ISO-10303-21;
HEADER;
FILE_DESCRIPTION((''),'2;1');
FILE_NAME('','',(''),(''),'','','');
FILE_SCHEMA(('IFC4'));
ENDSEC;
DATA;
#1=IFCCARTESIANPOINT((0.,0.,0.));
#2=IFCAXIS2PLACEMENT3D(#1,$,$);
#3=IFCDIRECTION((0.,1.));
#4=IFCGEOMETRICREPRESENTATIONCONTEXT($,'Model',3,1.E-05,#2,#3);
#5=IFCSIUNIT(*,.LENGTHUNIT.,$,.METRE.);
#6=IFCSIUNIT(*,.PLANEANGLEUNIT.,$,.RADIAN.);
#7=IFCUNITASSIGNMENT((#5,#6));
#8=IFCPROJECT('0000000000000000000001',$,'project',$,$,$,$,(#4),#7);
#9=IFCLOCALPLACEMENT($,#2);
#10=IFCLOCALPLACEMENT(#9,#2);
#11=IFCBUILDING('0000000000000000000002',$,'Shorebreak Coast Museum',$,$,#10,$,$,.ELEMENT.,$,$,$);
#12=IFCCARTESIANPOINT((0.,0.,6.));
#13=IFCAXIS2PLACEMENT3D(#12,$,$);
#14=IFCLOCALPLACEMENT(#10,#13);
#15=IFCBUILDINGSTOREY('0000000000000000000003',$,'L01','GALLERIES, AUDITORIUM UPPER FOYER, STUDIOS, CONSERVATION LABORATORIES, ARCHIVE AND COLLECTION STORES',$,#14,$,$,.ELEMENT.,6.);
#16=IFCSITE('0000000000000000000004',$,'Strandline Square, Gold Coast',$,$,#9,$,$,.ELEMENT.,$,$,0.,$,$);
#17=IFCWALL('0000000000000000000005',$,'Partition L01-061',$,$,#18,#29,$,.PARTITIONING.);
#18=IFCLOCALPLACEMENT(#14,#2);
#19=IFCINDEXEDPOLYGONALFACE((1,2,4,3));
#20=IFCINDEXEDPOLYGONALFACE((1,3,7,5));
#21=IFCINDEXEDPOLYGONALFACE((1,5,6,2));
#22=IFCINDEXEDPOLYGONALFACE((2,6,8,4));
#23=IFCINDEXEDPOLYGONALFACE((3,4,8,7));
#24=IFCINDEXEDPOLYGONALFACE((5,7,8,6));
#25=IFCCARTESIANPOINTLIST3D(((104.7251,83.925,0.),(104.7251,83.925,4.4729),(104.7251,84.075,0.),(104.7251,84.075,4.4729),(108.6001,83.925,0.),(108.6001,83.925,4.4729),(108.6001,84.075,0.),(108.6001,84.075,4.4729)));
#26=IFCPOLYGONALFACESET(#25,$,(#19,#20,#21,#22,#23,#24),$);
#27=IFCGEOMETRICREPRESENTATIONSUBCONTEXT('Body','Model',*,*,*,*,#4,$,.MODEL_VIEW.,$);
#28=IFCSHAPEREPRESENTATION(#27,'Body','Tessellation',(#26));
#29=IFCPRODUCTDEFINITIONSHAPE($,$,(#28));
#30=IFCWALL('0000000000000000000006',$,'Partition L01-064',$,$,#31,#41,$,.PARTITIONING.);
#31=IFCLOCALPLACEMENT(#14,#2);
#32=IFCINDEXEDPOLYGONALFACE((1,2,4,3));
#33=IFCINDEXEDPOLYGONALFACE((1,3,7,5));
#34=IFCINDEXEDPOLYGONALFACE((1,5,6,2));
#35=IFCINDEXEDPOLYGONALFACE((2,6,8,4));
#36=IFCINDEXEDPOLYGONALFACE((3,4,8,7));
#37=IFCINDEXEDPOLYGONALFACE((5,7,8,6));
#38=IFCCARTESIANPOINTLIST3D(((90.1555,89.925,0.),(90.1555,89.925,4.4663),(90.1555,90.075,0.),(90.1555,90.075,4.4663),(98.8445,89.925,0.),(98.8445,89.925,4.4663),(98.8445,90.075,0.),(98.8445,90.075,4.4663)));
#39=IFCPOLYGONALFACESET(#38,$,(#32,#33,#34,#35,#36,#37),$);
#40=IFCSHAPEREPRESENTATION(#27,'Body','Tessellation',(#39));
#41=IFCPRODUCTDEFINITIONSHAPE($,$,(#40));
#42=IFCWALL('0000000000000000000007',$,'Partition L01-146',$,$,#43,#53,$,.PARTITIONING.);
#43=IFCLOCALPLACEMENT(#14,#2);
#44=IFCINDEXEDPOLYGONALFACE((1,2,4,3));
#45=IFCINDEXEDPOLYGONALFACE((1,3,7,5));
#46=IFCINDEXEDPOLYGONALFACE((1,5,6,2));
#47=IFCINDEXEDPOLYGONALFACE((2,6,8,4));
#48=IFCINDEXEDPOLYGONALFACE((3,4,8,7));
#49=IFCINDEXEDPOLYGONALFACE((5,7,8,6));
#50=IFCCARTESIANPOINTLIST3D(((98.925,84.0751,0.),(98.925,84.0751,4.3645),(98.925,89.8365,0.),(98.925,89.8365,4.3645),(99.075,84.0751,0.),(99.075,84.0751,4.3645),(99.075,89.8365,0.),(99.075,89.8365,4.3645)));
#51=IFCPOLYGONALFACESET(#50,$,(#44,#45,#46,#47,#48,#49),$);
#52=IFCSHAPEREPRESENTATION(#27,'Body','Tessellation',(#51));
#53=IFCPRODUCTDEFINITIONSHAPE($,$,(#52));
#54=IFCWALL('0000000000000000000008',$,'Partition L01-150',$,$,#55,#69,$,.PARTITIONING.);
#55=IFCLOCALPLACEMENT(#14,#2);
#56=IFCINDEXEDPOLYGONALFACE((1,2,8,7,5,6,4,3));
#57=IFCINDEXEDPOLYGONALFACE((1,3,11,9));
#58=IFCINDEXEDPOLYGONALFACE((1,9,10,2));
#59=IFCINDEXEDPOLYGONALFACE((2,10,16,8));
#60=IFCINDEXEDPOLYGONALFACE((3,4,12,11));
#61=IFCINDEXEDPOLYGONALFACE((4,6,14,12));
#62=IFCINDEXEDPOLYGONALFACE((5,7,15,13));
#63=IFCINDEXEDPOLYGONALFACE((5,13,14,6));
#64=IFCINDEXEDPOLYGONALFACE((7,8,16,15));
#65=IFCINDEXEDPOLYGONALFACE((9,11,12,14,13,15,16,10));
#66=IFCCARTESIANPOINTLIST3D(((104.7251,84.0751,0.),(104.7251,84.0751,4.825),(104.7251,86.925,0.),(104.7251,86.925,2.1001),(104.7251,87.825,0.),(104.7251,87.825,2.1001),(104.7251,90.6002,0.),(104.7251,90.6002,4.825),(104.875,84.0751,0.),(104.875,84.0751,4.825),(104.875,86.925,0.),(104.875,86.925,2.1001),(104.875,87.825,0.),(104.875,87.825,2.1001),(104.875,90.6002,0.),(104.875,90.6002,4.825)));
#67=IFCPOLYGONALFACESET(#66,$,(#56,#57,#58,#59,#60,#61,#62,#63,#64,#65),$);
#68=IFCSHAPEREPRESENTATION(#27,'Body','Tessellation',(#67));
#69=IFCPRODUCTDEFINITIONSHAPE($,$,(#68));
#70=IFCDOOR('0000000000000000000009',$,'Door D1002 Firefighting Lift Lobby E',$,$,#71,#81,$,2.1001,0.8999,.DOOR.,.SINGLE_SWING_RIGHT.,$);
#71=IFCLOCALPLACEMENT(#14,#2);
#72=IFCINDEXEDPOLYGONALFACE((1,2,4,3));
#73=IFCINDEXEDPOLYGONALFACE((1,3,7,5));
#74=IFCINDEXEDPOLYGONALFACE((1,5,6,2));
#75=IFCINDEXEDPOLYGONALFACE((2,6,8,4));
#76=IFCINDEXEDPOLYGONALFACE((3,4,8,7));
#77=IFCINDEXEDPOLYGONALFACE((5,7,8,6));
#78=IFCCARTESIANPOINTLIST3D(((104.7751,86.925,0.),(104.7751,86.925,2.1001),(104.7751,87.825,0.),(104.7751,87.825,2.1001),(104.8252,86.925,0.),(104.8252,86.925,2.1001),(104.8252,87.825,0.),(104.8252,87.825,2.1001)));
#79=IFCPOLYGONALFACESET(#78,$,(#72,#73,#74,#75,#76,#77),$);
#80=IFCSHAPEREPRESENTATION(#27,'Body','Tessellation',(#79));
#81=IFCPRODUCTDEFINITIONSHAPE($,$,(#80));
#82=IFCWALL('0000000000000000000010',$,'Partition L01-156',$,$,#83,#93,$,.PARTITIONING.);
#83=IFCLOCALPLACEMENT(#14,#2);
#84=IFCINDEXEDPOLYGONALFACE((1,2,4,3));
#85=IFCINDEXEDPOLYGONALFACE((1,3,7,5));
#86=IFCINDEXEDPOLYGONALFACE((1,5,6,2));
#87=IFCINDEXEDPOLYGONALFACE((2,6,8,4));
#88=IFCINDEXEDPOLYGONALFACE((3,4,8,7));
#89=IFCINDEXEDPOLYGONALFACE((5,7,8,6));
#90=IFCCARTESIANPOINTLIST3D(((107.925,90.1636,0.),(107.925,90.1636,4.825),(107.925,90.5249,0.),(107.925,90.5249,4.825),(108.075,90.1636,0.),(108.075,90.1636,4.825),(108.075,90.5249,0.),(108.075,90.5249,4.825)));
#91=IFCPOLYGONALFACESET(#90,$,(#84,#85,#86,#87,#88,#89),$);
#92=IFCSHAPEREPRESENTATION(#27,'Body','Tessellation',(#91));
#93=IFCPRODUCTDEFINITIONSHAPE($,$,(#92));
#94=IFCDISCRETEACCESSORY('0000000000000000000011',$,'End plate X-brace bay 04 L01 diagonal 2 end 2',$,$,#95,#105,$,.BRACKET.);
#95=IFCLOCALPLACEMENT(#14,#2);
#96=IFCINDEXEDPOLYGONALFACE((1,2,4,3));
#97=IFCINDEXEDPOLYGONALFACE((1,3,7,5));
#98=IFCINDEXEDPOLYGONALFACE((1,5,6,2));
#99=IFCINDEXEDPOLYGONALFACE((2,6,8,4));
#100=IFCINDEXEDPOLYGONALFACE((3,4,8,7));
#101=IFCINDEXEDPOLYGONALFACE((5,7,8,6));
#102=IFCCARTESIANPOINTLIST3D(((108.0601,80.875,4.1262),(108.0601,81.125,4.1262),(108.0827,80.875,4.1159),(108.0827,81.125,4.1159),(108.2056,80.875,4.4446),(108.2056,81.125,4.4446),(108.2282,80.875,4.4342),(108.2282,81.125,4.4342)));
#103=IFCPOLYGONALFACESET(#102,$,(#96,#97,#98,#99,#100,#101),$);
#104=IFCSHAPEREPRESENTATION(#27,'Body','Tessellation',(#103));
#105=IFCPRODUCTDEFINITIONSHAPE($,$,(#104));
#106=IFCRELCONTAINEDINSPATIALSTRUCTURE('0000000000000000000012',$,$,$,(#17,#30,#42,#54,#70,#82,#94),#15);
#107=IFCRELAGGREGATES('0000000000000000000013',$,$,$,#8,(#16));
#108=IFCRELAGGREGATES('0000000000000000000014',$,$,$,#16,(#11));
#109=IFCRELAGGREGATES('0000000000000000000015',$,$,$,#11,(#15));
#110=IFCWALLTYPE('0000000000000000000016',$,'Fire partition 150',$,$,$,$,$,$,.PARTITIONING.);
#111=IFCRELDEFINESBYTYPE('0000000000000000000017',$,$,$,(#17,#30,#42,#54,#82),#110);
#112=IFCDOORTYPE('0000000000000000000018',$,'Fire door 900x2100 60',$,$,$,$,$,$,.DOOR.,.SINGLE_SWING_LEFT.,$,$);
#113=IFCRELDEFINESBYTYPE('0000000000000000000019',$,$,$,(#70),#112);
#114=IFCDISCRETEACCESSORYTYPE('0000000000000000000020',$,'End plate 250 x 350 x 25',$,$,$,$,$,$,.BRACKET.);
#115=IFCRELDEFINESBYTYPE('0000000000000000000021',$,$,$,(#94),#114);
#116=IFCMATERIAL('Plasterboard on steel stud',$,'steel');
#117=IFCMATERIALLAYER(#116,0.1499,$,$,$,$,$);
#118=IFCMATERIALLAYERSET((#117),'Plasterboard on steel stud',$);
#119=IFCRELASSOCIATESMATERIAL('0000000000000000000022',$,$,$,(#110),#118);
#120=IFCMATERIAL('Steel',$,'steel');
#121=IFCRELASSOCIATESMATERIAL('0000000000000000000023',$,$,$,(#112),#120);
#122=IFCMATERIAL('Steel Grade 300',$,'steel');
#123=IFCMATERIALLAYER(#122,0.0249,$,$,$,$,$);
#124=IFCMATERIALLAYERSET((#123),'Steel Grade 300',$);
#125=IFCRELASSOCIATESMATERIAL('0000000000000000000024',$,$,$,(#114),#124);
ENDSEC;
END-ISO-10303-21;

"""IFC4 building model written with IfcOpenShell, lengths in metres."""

from ifc_helpers import new_model, si_unit, direction, frame, frame_2d, origin, place, context, subcontext, project, spatial, polyline, rectangle, outline, extrude, material, layer, layer_set, type_object, element, fill, save


model = new_model("IFC4")

# Units and contexts
model_context = context("Model", 3, precision=1e-05, world=origin(), true_north=direction((0.0, 1.0)))
body_context = subcontext(model_context, "Body", "Model", "MODEL_VIEW")
ifc_project = project(units=[si_unit("LENGTHUNIT", "METRE"), si_unit("PLANEANGLEUNIT", "RADIAN")], contexts=[model_context])

# Site, building, storey
site_placement = place(None, origin())
site = spatial("IfcSite", under=ifc_project, at=site_placement, Name="Strandline Square, Gold Coast", CompositionType="ELEMENT", RefElevation=0.0)
building_placement = place(site_placement, origin())
building = spatial("IfcBuilding", under=site, at=building_placement, Name="Shorebreak Coast Museum", CompositionType="ELEMENT")
storey_placement = place(building_placement, frame((0.0, 0.0, 6.0)))
storey = spatial("IfcBuildingStorey", under=building, at=storey_placement, Name="L01", Description="GALLERIES, AUDITORIUM UPPER FOYER, STUDIOS, CONSERVATION LABORATORIES, ARCHIVE AND COLLECTION STORES", CompositionType="ELEMENT", Elevation=6.0)

# Walls
ifc_material_1 = material(Name="Plasterboard on steel stud", Category="steel")
ifc_layer_1 = layer(ifc_material_1, 0.1499)
ifc_layer_set_1 = layer_set([ifc_layer_1], Name="Plasterboard on steel stud")
wall_type = type_object("IfcWallType", Name="Fire partition 150", PredefinedType="PARTITIONING", material=ifc_layer_set_1)
wall_1_placement = place(storey_placement, frame((104.7251, 84.0, 0.0), z_axis=(0.0, 0.0, 1.0), x_axis=(1.0, 0.0, 0.0)))
element("IfcWall", 1, at=wall_1_placement, inside=storey, type_object=wall_type, Name="Partition L01-061", PredefinedType="PARTITIONING", context=body_context, shape_type="SweptSolid", body=[
    extrude(rectangle(XDim=3.875, YDim=0.1499, at=frame_2d((1.9375, 0.0))), origin(), (0.0, 0.0, 1.0), 4.4729),
])
wall_2_placement = place(storey_placement, frame((90.1555, 90.0, 0.0), z_axis=(0.0, 0.0, 1.0), x_axis=(1.0, 0.0, 0.0)))
element("IfcWall", 2, at=wall_2_placement, inside=storey, type_object=wall_type, Name="Partition L01-064", PredefinedType="PARTITIONING", context=body_context, shape_type="SweptSolid", body=[
    extrude(rectangle(XDim=8.689, YDim=0.1499, at=frame_2d((4.3445, 0.0))), origin(), (0.0, 0.0, 1.0), 4.4663),
])
wall_3_placement = place(storey_placement, frame((99.0, 84.075, 0.0), z_axis=(0.0, 0.0, 1.0), x_axis=(0.0, 1.0, 0.0)))
element("IfcWall", 3, at=wall_3_placement, inside=storey, type_object=wall_type, Name="Partition L01-146", PredefinedType="PARTITIONING", context=body_context, shape_type="SweptSolid", body=[
    extrude(rectangle(XDim=5.7615, YDim=0.1499, at=frame_2d((2.8809, 0.0))), origin(), (0.0, 0.0, 1.0), 4.3645),
])

# Wall, opening, door
wall_4_placement = place(storey_placement, frame((104.8, 84.075, 0.0), z_axis=(0.0, 0.0, 1.0), x_axis=(0.0, 1.0, 0.0)))
wall_4 = element("IfcWall", 4, at=wall_4_placement, inside=storey, type_object=wall_type, Name="Partition L01-150", PredefinedType="PARTITIONING", context=body_context, shape_type="SweptSolid", body=[
    extrude(rectangle(XDim=6.5251, YDim=0.1499, at=frame_2d((3.2627, 0.0))), origin(), (0.0, 0.0, 1.0), 4.825),
])
opening_placement = place(wall_4_placement, frame((2.8501, 0.0, 0.0)))
opening = element("IfcOpeningElement", 5, at=opening_placement, cuts=wall_4, PredefinedType="OPENING", context=body_context, shape_type="SweptSolid", body=[
    extrude(rectangle(XDim=0.8999, YDim=2.1001, at=frame_2d((0.45, 1.05))), frame((0.0, 0.085, 0.0), z_axis=(0.0, -1.0, 0.0), x_axis=(1.0, 0.0, 0.0)), (0.0, 0.0, 1.0), 0.1699),
])
ifc_material_2 = material(Name="Steel", Category="steel")
door_type = type_object("IfcDoorType", Name="Fire door 900x2100 60", OperationType="SINGLE_SWING_LEFT", PredefinedType="DOOR", material=ifc_material_2)
door_placement = place(opening_placement, origin())
door = element("IfcDoor", 6, at=door_placement, inside=storey, type_object=door_type, Name="Door D1002 Firefighting Lift Lobby E", OperationType="SINGLE_SWING_RIGHT", OverallHeight=2.1001, OverallWidth=0.8999, PredefinedType="DOOR", context=body_context, shape_type="SweptSolid", body=[
    extrude(rectangle(XDim=0.8999, YDim=2.1001, at=frame_2d((0.45, 1.05))), frame((0.0, 0.0249, 0.0), z_axis=(0.0, -1.0, 0.0), x_axis=(1.0, 0.0, 0.0)), (0.0, 0.0, 1.0), 0.05),
])
fill(opening, door)

# Wall
wall_5_placement = place(storey_placement, frame((108.0, 90.1636, 0.0), z_axis=(0.0, 0.0, 1.0), x_axis=(0.0, 1.0, 0.0)))
element("IfcWall", 7, at=wall_5_placement, inside=storey, type_object=wall_type, Name="Partition L01-156", PredefinedType="PARTITIONING", context=body_context, shape_type="SweptSolid", body=[
    extrude(rectangle(XDim=0.3613, YDim=0.1499, at=frame_2d((0.1807, 0.0))), origin(), (0.0, 0.0, 1.0), 4.825),
])

# Discrete accessory
ifc_material_3 = material(Name="Steel Grade 300", Category="steel")
ifc_layer_2 = layer(ifc_material_3, 0.0249)
ifc_layer_set_2 = layer_set([ifc_layer_2], Name="Steel Grade 300")
discrete_accessory_type = type_object("IfcDiscreteAccessoryType", Name="End plate 250 x 350 x 25", PredefinedType="BRACKET", material=ifc_layer_set_2)
discrete_accessory_placement = place(storey_placement, frame((108.0601, 81.125, 4.1262), z_axis=(-0.909505, 0.0, 0.415694), x_axis=(0.0, -1.0, 0.0)))
element("IfcDiscreteAccessory", 8, at=discrete_accessory_placement, inside=storey, type_object=discrete_accessory_type, Name="End plate X-brace bay 04 L01 diagonal 2 end 2", PredefinedType="BRACKET", context=body_context, shape_type="SweptSolid", body=[
    extrude(outline(polyline([(0.0, 0.0), (0.25, 0.0), (0.25, 0.35), (0.0, 0.35), (0.0, 0.0)])), origin(), (0.0, 0.0, -1.0), 0.0249),
])

save(model, "model.ifc")
